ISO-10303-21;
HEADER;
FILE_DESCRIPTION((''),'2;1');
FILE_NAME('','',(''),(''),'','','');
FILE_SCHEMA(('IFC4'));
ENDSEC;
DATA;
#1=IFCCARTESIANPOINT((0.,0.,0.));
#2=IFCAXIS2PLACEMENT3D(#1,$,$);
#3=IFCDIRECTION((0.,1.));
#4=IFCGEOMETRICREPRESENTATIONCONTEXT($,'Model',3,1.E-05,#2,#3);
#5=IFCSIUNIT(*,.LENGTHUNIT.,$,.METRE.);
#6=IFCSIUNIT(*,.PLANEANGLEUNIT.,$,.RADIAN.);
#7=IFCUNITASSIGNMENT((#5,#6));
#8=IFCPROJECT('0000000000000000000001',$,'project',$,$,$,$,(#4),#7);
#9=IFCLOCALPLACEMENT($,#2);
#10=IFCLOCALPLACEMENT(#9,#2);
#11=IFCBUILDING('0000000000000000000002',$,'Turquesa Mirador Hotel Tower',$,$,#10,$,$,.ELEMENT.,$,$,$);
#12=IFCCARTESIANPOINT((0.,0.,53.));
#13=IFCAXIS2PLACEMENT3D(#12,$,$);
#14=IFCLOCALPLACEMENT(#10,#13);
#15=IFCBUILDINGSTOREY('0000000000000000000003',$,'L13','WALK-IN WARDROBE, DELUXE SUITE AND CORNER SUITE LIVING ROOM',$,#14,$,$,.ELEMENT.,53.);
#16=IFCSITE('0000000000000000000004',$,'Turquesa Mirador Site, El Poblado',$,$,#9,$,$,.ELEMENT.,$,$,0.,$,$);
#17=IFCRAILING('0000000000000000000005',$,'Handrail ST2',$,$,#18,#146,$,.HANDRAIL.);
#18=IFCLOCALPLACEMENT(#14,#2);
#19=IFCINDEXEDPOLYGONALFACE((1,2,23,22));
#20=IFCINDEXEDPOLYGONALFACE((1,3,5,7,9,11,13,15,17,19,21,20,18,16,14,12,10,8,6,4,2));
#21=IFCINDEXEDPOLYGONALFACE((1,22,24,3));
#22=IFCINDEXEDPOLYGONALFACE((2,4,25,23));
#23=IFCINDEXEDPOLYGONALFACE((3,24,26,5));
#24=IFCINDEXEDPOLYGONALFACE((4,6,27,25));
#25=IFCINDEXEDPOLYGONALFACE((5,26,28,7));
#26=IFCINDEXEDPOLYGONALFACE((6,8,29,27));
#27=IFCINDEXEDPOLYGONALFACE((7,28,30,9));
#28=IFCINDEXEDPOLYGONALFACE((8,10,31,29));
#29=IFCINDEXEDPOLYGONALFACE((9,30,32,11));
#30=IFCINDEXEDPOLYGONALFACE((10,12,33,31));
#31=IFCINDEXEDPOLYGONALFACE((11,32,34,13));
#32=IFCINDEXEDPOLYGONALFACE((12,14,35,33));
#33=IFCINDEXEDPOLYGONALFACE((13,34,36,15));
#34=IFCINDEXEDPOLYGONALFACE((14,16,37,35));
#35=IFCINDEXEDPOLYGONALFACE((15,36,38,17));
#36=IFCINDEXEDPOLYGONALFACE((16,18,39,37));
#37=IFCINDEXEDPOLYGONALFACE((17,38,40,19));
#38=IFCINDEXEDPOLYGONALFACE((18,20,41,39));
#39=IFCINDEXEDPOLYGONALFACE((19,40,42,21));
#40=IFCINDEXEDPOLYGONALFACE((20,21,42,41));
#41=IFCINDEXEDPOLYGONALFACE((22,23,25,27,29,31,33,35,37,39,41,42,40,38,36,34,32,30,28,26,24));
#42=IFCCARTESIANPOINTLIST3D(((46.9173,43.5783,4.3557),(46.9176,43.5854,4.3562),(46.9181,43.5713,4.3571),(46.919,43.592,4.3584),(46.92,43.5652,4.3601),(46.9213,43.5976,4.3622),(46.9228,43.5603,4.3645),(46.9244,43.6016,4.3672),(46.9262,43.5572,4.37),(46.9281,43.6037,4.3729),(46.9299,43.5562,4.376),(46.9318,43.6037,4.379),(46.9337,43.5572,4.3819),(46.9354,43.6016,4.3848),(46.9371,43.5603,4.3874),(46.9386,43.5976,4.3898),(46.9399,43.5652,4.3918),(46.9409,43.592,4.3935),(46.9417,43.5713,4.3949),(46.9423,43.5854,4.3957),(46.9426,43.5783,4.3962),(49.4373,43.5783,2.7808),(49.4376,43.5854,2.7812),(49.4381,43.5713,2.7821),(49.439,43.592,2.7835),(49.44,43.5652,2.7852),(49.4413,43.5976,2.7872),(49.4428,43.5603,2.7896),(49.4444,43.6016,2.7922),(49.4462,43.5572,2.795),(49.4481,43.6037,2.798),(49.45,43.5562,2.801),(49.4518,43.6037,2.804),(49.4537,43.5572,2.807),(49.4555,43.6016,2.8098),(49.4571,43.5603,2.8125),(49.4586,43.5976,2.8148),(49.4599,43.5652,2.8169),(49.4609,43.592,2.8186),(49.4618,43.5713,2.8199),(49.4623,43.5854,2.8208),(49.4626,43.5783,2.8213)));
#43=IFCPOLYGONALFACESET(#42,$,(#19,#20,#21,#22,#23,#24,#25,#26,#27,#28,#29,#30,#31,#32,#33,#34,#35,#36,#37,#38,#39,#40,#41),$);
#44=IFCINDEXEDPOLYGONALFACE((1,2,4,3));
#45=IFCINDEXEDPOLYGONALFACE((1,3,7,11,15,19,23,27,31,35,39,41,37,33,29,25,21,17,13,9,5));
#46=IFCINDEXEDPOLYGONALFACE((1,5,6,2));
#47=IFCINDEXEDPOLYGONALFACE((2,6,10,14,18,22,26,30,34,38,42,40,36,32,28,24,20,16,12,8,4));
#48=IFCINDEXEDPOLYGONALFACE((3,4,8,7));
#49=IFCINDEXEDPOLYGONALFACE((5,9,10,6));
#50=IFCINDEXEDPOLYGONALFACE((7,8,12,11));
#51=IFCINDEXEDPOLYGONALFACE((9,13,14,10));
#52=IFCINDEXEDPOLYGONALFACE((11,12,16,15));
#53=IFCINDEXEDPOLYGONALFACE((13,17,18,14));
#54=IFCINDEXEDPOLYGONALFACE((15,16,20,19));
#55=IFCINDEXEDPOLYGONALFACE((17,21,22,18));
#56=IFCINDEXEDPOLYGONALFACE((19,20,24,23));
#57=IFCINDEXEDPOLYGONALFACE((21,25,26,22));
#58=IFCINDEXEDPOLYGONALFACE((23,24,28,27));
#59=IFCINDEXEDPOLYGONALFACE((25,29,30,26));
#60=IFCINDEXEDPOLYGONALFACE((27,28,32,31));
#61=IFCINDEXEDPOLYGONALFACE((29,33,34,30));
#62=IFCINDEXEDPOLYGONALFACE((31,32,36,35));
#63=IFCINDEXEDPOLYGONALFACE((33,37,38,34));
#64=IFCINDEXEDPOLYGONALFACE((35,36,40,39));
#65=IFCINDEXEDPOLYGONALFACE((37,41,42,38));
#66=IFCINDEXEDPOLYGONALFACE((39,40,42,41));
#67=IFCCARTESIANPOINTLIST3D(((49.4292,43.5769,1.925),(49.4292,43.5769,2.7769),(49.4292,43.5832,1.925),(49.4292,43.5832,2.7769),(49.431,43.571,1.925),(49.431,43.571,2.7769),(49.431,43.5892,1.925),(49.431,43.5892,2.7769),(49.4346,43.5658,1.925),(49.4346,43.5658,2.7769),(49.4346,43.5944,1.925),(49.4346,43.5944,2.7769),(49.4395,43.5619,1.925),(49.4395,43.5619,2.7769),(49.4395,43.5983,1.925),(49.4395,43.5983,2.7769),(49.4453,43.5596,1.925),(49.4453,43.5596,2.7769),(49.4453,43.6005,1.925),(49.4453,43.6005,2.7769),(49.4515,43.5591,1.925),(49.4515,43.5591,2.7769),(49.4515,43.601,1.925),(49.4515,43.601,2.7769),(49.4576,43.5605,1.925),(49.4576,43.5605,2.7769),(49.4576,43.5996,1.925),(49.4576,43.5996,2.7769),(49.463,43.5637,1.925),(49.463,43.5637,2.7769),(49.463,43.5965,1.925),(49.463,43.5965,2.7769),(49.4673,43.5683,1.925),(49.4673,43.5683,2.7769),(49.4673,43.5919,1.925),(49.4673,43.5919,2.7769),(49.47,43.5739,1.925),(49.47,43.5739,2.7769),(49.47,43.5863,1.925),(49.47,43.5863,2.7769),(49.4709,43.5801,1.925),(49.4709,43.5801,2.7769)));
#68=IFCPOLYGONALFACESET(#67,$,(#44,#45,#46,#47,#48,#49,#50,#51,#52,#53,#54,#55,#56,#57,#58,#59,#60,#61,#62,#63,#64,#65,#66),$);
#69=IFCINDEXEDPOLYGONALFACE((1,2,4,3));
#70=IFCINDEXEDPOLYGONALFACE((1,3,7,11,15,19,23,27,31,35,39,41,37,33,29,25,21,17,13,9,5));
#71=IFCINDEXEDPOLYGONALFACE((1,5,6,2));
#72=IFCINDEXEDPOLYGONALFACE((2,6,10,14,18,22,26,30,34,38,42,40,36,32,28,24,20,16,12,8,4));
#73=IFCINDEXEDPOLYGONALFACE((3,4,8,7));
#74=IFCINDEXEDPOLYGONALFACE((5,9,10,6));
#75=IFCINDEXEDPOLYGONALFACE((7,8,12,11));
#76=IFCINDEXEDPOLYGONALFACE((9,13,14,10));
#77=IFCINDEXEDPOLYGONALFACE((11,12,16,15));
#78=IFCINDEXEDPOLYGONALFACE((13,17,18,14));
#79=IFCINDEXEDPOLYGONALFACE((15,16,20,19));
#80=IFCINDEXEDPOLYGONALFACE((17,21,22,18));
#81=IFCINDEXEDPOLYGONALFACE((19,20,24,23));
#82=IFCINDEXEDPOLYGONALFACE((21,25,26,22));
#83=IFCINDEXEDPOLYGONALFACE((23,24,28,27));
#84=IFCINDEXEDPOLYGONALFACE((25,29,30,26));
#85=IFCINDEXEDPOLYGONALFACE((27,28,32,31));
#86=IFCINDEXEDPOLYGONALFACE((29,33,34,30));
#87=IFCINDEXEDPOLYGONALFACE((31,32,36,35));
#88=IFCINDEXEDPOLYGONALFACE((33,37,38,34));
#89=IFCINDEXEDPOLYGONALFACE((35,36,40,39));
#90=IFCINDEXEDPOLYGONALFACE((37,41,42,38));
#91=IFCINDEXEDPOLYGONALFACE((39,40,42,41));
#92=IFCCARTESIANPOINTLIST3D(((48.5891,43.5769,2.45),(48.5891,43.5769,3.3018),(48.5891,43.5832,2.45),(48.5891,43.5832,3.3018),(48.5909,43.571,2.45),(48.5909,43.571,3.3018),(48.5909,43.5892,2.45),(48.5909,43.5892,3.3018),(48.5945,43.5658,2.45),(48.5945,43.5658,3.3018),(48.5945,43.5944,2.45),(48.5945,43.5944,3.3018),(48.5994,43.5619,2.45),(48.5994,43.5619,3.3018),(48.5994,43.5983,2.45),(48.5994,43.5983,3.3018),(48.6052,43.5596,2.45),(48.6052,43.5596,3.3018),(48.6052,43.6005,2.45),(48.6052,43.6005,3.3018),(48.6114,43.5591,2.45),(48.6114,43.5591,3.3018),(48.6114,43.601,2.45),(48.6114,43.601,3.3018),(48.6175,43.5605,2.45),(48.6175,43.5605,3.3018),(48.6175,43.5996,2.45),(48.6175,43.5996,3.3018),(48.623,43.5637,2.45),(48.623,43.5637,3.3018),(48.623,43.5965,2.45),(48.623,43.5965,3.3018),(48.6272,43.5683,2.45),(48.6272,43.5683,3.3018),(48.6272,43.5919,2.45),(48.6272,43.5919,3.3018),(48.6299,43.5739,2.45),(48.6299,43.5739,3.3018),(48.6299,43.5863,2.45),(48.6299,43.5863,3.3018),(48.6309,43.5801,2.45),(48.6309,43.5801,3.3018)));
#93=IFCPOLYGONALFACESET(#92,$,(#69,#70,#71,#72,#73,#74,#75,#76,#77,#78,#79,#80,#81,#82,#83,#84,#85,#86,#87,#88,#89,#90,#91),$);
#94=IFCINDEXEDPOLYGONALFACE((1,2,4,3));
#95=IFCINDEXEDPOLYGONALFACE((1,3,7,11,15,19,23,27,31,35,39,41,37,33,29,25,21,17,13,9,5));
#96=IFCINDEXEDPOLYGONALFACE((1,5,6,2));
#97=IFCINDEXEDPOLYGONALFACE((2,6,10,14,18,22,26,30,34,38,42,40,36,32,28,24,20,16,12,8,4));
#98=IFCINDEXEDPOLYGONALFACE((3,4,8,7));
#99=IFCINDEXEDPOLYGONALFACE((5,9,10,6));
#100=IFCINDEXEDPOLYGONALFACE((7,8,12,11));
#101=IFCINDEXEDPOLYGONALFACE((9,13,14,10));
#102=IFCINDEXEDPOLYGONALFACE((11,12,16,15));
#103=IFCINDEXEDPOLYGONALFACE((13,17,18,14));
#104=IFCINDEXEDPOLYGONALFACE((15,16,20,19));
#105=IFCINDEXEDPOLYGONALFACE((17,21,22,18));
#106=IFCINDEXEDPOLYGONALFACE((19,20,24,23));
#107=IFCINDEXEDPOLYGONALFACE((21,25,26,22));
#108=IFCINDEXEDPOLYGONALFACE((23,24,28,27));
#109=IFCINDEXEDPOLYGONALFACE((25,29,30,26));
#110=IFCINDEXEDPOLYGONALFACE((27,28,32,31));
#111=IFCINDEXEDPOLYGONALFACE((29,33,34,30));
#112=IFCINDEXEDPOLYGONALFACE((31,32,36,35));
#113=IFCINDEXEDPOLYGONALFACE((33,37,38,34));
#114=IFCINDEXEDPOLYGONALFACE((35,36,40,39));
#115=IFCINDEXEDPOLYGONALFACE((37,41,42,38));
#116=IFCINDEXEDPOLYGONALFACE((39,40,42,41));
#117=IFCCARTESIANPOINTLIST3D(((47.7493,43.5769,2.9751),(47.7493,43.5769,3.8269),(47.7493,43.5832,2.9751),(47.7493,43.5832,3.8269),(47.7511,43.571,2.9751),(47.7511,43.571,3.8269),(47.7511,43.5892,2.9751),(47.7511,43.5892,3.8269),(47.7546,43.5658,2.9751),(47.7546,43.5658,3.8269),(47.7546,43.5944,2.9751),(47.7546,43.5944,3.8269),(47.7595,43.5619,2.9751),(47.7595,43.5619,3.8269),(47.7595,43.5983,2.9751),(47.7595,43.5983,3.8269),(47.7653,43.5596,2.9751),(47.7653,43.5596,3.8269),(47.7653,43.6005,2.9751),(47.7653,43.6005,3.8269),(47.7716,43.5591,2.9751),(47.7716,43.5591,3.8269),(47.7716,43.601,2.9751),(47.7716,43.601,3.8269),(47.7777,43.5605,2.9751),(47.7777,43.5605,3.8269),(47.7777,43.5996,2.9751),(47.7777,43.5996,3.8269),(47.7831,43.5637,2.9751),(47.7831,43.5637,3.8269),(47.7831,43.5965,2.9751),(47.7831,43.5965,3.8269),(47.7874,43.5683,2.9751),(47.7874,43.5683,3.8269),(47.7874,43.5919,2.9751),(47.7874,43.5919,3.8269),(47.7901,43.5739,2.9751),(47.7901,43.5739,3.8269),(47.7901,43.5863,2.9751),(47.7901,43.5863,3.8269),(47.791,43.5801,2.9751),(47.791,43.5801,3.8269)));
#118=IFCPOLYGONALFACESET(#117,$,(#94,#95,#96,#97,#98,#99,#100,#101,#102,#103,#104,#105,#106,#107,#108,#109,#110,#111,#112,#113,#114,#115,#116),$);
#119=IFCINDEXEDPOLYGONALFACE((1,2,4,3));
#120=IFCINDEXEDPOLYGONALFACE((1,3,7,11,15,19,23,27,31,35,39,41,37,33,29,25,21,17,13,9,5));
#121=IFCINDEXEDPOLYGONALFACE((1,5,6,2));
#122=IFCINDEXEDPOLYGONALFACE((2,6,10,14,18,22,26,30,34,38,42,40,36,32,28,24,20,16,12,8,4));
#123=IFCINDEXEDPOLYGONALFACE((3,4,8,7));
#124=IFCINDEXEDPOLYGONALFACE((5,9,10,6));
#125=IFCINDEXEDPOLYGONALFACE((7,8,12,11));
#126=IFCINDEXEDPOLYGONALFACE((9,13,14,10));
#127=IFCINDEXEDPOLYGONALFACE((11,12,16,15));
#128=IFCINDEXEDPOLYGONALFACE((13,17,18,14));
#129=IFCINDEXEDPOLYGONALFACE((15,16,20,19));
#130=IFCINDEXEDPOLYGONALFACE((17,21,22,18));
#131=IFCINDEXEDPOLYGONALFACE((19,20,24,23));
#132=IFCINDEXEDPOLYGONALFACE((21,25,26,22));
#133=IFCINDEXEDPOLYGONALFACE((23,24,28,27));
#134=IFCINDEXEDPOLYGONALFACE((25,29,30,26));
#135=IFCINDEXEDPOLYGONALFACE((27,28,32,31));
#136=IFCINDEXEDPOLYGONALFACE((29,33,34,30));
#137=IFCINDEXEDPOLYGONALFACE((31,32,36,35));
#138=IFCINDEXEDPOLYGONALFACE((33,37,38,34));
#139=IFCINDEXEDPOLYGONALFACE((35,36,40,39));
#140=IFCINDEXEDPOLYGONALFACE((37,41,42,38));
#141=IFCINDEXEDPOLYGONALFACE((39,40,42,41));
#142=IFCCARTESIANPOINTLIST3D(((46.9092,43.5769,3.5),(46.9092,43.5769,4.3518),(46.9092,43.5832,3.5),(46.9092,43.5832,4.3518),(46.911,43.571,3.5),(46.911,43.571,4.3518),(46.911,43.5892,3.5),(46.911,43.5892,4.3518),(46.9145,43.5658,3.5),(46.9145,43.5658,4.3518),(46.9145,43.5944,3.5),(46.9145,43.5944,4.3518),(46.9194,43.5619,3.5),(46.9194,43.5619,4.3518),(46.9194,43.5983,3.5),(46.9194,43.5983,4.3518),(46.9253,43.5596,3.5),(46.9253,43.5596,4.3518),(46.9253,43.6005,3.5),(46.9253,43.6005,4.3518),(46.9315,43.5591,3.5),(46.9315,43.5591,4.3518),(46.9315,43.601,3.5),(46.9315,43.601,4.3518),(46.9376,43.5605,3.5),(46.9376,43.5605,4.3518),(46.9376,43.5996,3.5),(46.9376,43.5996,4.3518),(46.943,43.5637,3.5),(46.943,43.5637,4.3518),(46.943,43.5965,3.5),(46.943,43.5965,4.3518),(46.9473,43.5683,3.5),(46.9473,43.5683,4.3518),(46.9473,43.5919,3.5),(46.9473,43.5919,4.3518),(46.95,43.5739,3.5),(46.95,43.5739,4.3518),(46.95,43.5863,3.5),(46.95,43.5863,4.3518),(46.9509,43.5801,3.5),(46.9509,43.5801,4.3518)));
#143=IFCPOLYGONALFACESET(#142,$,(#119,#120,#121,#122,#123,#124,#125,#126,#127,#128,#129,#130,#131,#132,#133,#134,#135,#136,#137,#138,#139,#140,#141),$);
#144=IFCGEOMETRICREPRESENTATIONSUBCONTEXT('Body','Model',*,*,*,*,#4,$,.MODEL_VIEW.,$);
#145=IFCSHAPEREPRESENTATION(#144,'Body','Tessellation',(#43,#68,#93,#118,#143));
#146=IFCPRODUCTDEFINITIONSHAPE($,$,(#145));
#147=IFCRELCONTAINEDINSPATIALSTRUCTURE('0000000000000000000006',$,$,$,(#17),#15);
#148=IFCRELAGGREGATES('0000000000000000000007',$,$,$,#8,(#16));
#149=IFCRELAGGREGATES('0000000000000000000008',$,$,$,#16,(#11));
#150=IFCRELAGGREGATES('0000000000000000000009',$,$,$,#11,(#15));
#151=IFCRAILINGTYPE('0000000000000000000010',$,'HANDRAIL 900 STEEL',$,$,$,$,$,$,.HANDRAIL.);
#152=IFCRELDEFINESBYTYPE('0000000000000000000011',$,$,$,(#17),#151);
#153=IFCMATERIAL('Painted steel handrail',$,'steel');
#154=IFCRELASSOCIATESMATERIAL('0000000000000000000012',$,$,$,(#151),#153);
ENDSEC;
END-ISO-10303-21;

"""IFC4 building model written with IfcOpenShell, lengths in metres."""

from ifc_helpers import new_model, si_unit, direction, frame, origin, origin_2d, place, context, subcontext, project, spatial, circle, extrude, material, type_object, element, save


model = new_model("IFC4")

# Units and contexts
model_context = context("Model", 3, precision=1e-05, world=origin(), true_north=direction((0.0, 1.0)))
body_context = subcontext(model_context, "Body", "Model", "MODEL_VIEW")
ifc_project = project(units=[si_unit("LENGTHUNIT", "METRE"), si_unit("PLANEANGLEUNIT", "RADIAN")], contexts=[model_context])

# Site, building, storey
site_placement = place(None, origin())
site = spatial("IfcSite", under=ifc_project, at=site_placement, Name="Turquesa Mirador Site, El Poblado", CompositionType="ELEMENT", RefElevation=0.0)
building_placement = place(site_placement, origin())
building = spatial("IfcBuilding", under=site, at=building_placement, Name="Turquesa Mirador Hotel Tower", CompositionType="ELEMENT")
storey_placement = place(building_placement, frame((0.0, 0.0, 53.0)))
storey = spatial("IfcBuildingStorey", under=building, at=storey_placement, Name="L13", Description="WALK-IN WARDROBE, DELUXE SUITE AND CORNER SUITE LIVING ROOM", CompositionType="ELEMENT", Elevation=53.0)

# Railing
ifc_material_1 = material(Name="Painted steel handrail", Category="steel")
railing_type = type_object("IfcRailingType", Name="HANDRAIL 900 STEEL", PredefinedType="HANDRAIL", material=ifc_material_1)
railing_1_placement = place(storey_placement, frame((49.45, 43.5801, 1.925)))
element("IfcRailing", 1, at=railing_1_placement, inside=storey, type_object=railing_type, Name="Handrail ST2", PredefinedType="HANDRAIL", context=body_context, shape_type="SweptSolid", body=[
    extrude(circle(Radius=0.0239, at=origin_2d()), frame((0.0, 0.0, 0.876), z_axis=(-0.848008, 0.0, 0.529984), x_axis=(0.0, -1.0, 0.0)), (0.0, 0.0, 1.0), 2.9717),
    extrude(circle(Radius=0.021, at=origin_2d()), origin(), (0.0, 0.0, 1.0), 0.8518),
    extrude(circle(Radius=0.021, at=origin_2d()), frame((-0.8401, 0.0, 0.5249)), (0.0, 0.0, 1.0), 0.8518),
    extrude(circle(Radius=0.021, at=origin_2d()), frame((-1.6799, 0.0, 1.05)), (0.0, 0.0, 1.0), 0.8518),
    extrude(circle(Radius=0.021, at=origin_2d()), frame((-2.52, 0.0, 1.575)), (0.0, 0.0, 1.0), 0.8518),
])

save(model, "model.ifc")
